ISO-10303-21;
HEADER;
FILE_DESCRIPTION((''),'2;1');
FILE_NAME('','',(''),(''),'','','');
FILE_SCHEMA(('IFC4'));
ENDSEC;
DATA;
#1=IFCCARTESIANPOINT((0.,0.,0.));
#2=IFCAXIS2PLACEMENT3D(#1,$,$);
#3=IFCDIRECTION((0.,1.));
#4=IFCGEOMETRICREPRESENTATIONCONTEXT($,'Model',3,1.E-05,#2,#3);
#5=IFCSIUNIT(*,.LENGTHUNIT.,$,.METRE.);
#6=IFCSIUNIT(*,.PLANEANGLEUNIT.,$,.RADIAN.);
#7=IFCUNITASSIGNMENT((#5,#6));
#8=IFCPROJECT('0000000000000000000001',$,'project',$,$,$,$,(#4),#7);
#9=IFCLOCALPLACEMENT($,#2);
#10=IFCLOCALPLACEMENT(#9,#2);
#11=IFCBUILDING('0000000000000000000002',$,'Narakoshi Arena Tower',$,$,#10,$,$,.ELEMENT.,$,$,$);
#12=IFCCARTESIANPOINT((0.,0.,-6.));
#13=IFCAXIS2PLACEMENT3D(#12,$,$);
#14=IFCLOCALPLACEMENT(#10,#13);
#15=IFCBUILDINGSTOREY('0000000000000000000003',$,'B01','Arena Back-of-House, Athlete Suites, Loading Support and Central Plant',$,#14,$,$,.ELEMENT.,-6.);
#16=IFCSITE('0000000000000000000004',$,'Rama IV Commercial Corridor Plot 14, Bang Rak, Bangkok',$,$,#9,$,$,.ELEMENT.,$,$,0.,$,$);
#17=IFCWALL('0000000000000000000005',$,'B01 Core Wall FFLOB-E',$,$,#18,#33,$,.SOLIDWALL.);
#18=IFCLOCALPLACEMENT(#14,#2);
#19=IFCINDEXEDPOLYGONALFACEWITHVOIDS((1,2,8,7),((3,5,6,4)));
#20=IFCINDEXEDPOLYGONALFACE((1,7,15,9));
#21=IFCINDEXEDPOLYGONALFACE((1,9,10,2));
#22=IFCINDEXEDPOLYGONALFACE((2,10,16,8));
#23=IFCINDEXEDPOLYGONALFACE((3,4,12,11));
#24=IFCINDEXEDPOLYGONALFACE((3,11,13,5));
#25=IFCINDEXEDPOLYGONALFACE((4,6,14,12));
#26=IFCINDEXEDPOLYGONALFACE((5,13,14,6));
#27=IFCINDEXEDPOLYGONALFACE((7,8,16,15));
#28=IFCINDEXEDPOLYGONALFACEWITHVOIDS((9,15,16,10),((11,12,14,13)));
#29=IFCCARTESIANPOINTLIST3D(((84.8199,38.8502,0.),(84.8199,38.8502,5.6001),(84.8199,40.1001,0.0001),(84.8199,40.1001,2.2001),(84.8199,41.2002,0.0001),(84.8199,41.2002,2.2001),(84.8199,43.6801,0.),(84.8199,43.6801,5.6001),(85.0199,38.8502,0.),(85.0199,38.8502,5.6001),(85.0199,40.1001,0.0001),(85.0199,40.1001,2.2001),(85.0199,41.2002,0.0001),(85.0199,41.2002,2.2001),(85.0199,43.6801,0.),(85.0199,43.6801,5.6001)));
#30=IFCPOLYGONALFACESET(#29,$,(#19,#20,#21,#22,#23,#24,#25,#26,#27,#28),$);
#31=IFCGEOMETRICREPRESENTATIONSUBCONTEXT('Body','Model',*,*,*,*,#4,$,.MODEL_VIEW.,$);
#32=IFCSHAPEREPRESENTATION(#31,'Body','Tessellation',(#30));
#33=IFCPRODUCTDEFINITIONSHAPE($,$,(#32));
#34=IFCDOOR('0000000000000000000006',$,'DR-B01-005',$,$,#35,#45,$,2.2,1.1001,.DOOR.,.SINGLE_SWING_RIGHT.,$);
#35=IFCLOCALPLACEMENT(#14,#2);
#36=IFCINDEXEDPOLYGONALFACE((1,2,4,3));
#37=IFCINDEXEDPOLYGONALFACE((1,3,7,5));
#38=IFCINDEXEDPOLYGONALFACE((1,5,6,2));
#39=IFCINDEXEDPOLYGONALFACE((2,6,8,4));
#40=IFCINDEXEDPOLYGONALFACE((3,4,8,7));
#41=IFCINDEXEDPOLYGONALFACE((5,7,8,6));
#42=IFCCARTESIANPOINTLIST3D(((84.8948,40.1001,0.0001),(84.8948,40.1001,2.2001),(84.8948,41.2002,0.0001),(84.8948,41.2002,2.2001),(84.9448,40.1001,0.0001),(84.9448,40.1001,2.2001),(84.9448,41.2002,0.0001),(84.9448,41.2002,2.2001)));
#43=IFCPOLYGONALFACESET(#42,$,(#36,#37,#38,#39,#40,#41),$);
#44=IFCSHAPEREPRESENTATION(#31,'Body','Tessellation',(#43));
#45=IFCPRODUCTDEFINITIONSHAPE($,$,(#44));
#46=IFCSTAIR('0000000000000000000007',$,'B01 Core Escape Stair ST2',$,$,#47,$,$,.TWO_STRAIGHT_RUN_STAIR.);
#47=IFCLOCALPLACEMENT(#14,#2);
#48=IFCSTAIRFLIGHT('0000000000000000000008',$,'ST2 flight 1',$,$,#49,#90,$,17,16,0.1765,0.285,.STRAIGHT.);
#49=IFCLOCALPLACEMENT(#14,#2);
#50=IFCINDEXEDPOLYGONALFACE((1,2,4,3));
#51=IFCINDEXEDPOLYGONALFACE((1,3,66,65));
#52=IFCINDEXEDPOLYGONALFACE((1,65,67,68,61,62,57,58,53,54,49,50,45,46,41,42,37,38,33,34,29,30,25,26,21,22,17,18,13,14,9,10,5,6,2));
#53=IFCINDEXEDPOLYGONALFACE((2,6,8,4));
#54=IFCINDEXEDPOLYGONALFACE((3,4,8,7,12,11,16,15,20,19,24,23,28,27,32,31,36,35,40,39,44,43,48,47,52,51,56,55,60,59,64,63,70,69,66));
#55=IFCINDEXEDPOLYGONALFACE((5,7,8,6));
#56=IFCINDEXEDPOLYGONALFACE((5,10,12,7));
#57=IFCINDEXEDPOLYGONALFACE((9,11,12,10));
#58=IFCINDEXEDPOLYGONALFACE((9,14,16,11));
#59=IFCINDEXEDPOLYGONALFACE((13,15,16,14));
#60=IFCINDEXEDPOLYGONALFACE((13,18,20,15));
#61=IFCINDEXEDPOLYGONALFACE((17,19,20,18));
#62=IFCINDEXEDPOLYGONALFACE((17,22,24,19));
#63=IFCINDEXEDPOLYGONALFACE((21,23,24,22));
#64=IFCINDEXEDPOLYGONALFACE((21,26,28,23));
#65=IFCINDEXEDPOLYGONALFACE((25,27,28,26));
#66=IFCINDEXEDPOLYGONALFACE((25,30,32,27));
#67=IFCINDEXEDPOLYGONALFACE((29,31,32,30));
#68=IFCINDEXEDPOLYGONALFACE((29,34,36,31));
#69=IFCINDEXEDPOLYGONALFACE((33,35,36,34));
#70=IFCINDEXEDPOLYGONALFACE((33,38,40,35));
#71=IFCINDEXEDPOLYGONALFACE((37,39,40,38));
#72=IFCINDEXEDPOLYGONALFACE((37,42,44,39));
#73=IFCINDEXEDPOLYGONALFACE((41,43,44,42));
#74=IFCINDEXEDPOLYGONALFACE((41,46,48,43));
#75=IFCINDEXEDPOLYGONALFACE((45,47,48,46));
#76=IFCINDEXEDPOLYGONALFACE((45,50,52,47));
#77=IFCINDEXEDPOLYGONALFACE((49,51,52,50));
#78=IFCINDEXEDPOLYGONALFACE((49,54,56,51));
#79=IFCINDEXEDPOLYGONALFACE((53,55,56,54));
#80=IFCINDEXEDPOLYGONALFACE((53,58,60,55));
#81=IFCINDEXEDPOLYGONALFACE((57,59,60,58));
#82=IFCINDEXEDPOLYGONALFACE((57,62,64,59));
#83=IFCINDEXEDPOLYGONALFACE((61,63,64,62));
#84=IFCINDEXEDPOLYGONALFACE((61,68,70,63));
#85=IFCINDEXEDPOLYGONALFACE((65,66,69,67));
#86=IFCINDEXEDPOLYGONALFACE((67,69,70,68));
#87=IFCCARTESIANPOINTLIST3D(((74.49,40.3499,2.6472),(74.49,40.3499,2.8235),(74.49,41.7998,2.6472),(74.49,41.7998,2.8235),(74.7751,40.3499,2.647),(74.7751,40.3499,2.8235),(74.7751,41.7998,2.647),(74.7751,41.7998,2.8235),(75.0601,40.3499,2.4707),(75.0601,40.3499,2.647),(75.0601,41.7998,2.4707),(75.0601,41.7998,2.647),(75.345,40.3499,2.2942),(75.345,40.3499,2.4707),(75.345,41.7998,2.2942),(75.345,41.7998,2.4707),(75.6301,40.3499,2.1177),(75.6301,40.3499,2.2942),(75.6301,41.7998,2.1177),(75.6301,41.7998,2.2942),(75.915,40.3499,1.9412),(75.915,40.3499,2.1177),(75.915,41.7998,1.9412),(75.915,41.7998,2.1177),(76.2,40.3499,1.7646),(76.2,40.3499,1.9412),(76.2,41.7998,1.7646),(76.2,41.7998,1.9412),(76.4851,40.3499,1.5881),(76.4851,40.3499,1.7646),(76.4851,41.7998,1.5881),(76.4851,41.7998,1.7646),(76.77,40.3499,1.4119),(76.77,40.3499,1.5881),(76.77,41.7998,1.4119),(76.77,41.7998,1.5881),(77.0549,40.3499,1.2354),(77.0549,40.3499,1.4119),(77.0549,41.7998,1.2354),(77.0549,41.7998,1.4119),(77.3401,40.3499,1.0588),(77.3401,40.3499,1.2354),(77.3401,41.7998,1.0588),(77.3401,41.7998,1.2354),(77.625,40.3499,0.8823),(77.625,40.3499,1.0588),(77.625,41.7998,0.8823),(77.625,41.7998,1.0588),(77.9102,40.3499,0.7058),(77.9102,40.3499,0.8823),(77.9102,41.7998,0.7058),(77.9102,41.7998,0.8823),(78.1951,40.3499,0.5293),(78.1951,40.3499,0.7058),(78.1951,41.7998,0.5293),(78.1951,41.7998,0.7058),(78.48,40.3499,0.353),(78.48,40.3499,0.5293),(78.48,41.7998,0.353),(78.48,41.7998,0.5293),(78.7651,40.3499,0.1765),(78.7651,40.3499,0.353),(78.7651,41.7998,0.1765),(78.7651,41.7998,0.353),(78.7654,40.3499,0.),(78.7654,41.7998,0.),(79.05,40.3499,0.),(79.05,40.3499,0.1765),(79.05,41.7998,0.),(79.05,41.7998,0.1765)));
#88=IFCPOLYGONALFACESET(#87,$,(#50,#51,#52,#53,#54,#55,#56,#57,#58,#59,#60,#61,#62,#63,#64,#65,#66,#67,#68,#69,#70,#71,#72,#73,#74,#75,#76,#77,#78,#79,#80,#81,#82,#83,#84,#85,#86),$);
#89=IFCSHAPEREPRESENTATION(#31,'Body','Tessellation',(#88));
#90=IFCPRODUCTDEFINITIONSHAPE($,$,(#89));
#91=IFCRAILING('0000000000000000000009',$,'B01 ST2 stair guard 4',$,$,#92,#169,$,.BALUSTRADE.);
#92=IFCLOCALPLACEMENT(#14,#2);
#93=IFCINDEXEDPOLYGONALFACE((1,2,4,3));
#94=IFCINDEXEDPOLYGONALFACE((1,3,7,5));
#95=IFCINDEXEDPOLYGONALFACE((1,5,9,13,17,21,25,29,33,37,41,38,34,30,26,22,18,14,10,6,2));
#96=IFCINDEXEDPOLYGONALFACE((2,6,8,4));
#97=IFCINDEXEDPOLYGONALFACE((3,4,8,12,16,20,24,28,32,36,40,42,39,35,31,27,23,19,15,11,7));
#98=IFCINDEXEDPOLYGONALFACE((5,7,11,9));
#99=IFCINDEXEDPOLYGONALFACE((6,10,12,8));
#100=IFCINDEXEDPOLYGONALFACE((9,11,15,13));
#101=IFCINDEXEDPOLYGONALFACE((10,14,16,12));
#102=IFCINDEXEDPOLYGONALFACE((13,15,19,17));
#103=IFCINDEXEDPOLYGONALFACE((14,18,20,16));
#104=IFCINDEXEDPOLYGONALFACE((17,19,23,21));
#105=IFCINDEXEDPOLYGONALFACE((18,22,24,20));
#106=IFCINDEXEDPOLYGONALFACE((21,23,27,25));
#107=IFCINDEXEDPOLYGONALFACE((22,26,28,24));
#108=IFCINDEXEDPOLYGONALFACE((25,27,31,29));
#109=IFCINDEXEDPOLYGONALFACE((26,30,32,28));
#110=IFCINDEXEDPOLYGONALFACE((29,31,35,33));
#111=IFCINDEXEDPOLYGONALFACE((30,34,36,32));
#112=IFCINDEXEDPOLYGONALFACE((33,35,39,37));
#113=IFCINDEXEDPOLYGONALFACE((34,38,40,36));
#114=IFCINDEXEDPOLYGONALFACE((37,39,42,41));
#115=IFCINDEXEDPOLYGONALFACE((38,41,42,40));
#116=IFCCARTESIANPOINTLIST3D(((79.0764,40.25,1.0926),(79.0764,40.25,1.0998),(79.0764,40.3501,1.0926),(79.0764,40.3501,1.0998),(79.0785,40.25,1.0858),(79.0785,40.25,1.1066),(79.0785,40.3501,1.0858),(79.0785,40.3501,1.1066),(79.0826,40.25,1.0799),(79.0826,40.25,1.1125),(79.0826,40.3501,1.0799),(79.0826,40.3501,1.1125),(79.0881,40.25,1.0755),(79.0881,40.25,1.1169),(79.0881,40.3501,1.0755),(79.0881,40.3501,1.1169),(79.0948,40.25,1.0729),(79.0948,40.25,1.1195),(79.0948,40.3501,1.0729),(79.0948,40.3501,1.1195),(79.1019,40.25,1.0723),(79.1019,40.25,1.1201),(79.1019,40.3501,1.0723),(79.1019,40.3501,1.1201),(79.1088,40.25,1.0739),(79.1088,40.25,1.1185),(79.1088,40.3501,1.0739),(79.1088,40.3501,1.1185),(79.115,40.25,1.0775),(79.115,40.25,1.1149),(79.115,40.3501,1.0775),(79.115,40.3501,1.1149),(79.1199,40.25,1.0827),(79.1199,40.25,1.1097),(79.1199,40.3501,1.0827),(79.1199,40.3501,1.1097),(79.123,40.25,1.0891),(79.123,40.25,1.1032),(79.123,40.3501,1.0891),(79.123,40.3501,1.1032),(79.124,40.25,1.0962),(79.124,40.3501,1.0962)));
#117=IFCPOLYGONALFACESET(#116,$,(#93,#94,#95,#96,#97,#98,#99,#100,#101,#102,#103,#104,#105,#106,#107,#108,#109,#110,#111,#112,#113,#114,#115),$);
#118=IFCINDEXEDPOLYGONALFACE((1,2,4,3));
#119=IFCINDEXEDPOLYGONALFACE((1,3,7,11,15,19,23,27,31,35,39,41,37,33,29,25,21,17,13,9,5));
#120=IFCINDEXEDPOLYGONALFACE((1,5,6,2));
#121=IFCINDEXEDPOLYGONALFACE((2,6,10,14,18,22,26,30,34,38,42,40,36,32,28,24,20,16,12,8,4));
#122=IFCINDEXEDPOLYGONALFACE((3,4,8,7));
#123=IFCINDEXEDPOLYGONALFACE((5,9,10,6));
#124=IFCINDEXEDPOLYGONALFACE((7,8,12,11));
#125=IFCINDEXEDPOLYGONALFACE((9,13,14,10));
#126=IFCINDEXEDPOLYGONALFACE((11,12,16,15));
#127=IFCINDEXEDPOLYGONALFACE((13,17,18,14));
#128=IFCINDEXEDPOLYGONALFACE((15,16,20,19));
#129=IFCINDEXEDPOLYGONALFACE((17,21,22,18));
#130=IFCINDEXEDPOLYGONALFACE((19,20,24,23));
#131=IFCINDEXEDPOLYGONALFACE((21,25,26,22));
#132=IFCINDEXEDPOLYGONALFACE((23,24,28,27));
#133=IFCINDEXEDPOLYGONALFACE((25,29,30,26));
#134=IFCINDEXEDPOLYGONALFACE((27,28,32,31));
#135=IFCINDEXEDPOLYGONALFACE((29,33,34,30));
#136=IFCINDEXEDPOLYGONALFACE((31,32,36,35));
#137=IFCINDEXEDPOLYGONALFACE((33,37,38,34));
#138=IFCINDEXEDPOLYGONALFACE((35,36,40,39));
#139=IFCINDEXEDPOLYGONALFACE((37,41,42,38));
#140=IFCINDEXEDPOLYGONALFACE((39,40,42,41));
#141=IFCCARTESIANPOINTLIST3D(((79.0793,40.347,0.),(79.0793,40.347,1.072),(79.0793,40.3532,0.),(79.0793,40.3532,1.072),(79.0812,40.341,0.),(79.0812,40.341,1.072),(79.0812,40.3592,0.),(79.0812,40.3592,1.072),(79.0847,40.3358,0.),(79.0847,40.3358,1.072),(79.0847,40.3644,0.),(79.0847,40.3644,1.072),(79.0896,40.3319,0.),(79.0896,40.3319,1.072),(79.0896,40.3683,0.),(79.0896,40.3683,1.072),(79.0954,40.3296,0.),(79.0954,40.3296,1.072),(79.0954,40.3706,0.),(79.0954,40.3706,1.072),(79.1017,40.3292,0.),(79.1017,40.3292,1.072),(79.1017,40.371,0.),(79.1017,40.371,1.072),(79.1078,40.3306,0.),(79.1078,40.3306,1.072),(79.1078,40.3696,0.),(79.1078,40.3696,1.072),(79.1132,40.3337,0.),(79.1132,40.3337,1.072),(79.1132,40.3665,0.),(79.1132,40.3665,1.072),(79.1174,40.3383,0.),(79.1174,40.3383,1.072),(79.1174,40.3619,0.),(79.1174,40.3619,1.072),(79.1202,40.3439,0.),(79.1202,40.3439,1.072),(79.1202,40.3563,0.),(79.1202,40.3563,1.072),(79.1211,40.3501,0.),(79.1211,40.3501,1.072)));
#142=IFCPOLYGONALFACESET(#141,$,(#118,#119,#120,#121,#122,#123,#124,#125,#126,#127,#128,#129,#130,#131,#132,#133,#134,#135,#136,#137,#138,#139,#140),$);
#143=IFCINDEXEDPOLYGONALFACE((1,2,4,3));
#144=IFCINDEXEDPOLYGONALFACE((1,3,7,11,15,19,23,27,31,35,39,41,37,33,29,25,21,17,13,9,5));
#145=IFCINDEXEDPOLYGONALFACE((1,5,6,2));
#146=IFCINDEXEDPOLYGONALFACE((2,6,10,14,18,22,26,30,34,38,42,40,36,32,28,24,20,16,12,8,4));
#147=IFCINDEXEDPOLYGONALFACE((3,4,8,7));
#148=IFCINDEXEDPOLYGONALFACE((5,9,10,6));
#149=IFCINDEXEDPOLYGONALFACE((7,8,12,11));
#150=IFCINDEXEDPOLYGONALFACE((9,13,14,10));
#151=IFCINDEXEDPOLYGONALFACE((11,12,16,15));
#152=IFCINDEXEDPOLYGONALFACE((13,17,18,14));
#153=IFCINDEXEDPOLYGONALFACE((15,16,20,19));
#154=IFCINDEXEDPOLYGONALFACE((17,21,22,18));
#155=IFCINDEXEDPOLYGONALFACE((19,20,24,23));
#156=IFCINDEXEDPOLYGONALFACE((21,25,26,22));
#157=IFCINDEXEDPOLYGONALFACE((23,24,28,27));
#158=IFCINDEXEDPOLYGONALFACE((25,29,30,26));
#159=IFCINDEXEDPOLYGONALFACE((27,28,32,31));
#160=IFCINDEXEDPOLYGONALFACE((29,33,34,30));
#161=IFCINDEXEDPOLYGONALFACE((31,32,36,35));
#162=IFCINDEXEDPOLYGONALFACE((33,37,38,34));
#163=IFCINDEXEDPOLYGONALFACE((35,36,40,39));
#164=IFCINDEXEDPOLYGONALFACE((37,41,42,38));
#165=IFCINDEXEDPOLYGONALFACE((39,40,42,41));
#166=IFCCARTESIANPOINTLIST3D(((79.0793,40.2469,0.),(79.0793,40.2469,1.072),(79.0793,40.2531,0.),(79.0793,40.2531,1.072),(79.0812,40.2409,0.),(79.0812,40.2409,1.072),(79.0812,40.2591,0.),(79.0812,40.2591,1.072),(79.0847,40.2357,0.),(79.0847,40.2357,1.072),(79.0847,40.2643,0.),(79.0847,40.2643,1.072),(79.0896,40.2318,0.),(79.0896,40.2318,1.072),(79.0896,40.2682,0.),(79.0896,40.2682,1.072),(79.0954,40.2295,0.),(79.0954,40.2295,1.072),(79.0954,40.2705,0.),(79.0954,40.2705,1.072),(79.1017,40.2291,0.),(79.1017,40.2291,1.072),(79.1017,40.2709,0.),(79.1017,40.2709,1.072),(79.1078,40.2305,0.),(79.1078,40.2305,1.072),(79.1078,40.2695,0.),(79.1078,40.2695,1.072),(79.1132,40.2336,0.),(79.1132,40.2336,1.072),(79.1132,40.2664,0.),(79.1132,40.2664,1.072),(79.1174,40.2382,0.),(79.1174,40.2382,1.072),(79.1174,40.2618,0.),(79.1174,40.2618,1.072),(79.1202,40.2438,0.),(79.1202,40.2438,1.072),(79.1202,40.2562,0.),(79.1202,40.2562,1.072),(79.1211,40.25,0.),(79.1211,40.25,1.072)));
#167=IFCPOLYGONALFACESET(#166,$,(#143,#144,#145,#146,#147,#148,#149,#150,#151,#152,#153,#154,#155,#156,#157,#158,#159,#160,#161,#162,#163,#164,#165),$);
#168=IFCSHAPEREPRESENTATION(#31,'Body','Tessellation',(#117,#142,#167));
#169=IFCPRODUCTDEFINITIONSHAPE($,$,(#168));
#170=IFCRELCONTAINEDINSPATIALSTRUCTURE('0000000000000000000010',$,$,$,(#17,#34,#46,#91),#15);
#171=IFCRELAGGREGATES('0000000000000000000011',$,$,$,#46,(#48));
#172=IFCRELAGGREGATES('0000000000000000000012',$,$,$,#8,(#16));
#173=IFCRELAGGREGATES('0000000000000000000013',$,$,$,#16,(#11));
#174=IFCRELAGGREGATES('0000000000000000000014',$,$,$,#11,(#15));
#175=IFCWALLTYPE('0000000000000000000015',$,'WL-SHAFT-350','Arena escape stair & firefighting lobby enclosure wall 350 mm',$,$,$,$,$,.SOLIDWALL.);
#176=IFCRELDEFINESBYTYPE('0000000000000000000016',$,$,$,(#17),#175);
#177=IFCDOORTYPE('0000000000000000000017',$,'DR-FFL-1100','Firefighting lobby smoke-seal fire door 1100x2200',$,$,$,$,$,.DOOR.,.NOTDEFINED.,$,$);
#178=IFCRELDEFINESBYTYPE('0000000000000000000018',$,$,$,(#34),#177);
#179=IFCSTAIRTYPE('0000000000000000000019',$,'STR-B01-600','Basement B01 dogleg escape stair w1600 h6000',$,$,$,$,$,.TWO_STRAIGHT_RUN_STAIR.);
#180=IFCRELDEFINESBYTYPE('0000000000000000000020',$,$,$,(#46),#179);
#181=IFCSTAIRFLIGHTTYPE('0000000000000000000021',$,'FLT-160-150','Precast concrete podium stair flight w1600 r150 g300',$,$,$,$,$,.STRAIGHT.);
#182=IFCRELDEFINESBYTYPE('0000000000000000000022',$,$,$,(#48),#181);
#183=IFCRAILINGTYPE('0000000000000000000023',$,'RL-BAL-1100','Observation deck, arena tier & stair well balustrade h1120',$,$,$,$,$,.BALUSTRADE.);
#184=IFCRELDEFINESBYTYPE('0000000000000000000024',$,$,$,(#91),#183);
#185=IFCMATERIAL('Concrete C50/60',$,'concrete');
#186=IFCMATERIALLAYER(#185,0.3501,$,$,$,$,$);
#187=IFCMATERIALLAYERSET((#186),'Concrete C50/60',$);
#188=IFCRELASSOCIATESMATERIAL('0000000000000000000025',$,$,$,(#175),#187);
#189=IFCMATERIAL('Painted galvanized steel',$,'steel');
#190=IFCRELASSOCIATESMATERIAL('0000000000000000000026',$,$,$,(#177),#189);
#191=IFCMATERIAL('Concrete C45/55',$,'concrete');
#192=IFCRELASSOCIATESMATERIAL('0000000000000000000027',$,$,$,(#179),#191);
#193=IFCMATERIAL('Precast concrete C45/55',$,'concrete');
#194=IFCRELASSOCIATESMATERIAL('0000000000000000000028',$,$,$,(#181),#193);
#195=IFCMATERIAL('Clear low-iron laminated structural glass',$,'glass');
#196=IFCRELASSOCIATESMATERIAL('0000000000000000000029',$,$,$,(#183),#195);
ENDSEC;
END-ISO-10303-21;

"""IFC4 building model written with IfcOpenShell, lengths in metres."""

from ifc_helpers import new_model, si_unit, direction, frame, frame_2d, origin, origin_2d, place, context, subcontext, project, spatial, polyline, rectangle, circle, outline, extrude, material, layer, layer_set, type_object, element, fill, aggregate, save


model = new_model("IFC4")

# Units and contexts
model_context = context("Model", 3, precision=1e-05, world=origin(), true_north=direction((0.0, 1.0)))
body_context = subcontext(model_context, "Body", "Model", "MODEL_VIEW")
ifc_project = project(units=[si_unit("LENGTHUNIT", "METRE"), si_unit("PLANEANGLEUNIT", "RADIAN")], contexts=[model_context])

# Site, building, storey
site_placement = place(None, origin())
site = spatial("IfcSite", under=ifc_project, at=site_placement, Name="Rama IV Commercial Corridor Plot 14, Bang Rak, Bangkok", CompositionType="ELEMENT", RefElevation=0.0)
building_placement = place(site_placement, origin())
building = spatial("IfcBuilding", under=site, at=building_placement, Name="Narakoshi Arena Tower", CompositionType="ELEMENT")
storey_placement = place(building_placement, frame((0.0, 0.0, -6.0)))
storey = spatial("IfcBuildingStorey", under=building, at=storey_placement, Name="B01", Description="Arena Back-of-House, Athlete Suites, Loading Support and Central Plant", CompositionType="ELEMENT", Elevation=-6.0)

# Shared definitions
ifc_material_1 = material(Name="Concrete C45/55", Category="concrete")

# Shared definitions
ifc_material_2 = material(Name="Concrete C50/60", Category="concrete")
ifc_layer_1 = layer(ifc_material_2, 0.3501)
ifc_layer_set_1 = layer_set([ifc_layer_1], Name="Concrete C50/60")
wall_type_1 = type_object("IfcWallType", Name="WL-SHAFT-350", Description="Arena escape stair & firefighting lobby enclosure wall 350 mm", PredefinedType="SOLIDWALL", material=ifc_layer_set_1)

# Shared definitions
ifc_material_3 = material(Name="Painted galvanized steel", Category="steel")

# Wall, opening, door
wall_1_placement = place(storey_placement, frame((84.9199, 38.8501, 0.0), z_axis=(0.0, 0.0, 1.0), x_axis=(0.0, 1.0, 0.0)))
wall_1 = element("IfcWall", 1, at=wall_1_placement, inside=storey, type_object=wall_type_1, Name="B01 Core Wall FFLOB-E", PredefinedType="SOLIDWALL", context=body_context, shape_type="SweptSolid", body=[
    extrude(rectangle(XDim=4.8298, YDim=0.2, at=frame_2d((2.415, 0.0))), origin(), (0.0, 0.0, 1.0), 5.6001),
])
opening_1_placement = place(wall_1_placement, frame((1.25, 0.0, 0.0)))
opening_1 = element("IfcOpeningElement", 2, at=opening_1_placement, cuts=wall_1, PredefinedType="OPENING", context=body_context, shape_type="SweptSolid", body=[
    extrude(rectangle(XDim=1.1001, YDim=2.2, at=frame_2d((0.55, 1.1001))), frame((0.0, 0.1099, 0.0), z_axis=(0.0, -1.0, 0.0), x_axis=(1.0, 0.0, 0.0)), (0.0, 0.0, 1.0), 0.22),
])
door_type_1 = type_object("IfcDoorType", Name="DR-FFL-1100", Description="Firefighting lobby smoke-seal fire door 1100x2200", OperationType="NOTDEFINED", PredefinedType="DOOR", material=ifc_material_3)
door_1_placement = place(opening_1_placement, frame((1.1001, 0.0, 0.0), z_axis=(0.0, 0.0, 1.0), x_axis=(-1.0, 0.0, 0.0)))
door_1 = element("IfcDoor", 3, at=door_1_placement, inside=storey, type_object=door_type_1, Name="DR-B01-005", OperationType="SINGLE_SWING_RIGHT", OverallHeight=2.2, OverallWidth=1.1001, PredefinedType="DOOR", context=body_context, shape_type="SweptSolid", body=[
    extrude(rectangle(XDim=1.1001, YDim=2.2, at=frame_2d((0.55, 1.1001))), frame((0.0, 0.0249, 0.0), z_axis=(0.0, -1.0, 0.0), x_axis=(1.0, 0.0, 0.0)), (0.0, 0.0, 1.0), 0.05),
])
fill(opening_1, door_1)

# Stair, stair flight
stair_type = type_object("IfcStairType", Name="STR-B01-600", Description="Basement B01 dogleg escape stair w1600 h6000", PredefinedType="TWO_STRAIGHT_RUN_STAIR", material=ifc_material_1)
stair_placement = place(storey_placement, origin())
stair = element("IfcStair", 4, at=stair_placement, inside=storey, type_object=stair_type, Name="B01 Core Escape Stair ST2", PredefinedType="TWO_STRAIGHT_RUN_STAIR")
ifc_material_4 = material(Name="Precast concrete C45/55", Category="concrete")
stair_flight_type = type_object("IfcStairFlightType", Name="FLT-160-150", Description="Precast concrete podium stair flight w1600 r150 g300", PredefinedType="STRAIGHT", material=ifc_material_4)
stair_flight_placement = place(storey_placement, frame((79.05, 41.075, 0.0), z_axis=(0.0, 0.0, 1.0), x_axis=(-1.0, 0.0, 0.0)))
stair_flight = element("IfcStairFlight", 5, at=stair_flight_placement, type_object=stair_flight_type, Name="ST2 flight 1", NumberOfRisers=17, NumberOfTreads=16, PredefinedType="STRAIGHT", RiserHeight=0.1765, TreadLength=0.285, context=body_context, shape_type="SweptSolid", body=[
    extrude(outline(polyline([(0.0, 0.0), (0.0, 0.1765), (0.2849, 0.1765), (0.2849, 0.353), (0.5701, 0.353), (0.5701, 0.5293), (0.855, 0.5293), (0.855, 0.7058), (1.1399, 0.7058), (1.1399, 0.8823), (1.425, 0.8823), (1.425, 1.0588), (1.71, 1.0588), (1.71, 1.2354), (1.9951, 1.2354), (1.9951, 1.4119), (2.28, 1.4119), (2.28, 1.5881), (2.5649, 1.5881), (2.5649, 1.7646), (2.8501, 1.7646), (2.8501, 1.9412), (3.135, 1.9412), (3.135, 2.1177), (3.4199, 2.1177), (3.4199, 2.2942), (3.7051, 2.2942), (3.7051, 2.4707), (3.99, 2.4707), (3.99, 2.647), (4.2749, 2.647), (4.2749, 2.8235), (4.5601, 2.8235), (4.5601, 3.0), (4.5601, 2.6472), (0.2847, 0.0), (0.0, 0.0)])), frame((0.0, 0.7251, 0.0), z_axis=(0.0, -1.0, 0.0), x_axis=(1.0, 0.0, 0.0)), (0.0, 0.0, 1.0), 1.45),
])
aggregate(stair, [stair_flight])

# Railing
ifc_material_5 = material(Name="Clear low-iron laminated structural glass", Category="glass")
railing_type_1 = type_object("IfcRailingType", Name="RL-BAL-1100", Description="Observation deck, arena tier & stair well balustrade h1120", PredefinedType="BALUSTRADE", material=ifc_material_5)
railing_1_placement = place(storey_placement, frame((79.1001, 40.3501, 0.0)))
element("IfcRailing", 6, at=railing_1_placement, inside=storey, type_object=railing_type_1, Name="B01 ST2 stair guard 4", PredefinedType="BALUSTRADE", context=body_context, shape_type="SweptSolid", body=[
    extrude(circle(Radius=0.0239, at=origin_2d()), frame((0.0, 0.0, 1.0962), z_axis=(0.0, -1.0, 0.0), x_axis=(1.0, 0.0, 0.0)), (0.0, 0.0, 1.0), 0.1001),
    extrude(circle(Radius=0.021, at=origin_2d()), origin(), (0.0, 0.0, 1.0), 1.072),
    extrude(circle(Radius=0.021, at=origin_2d()), frame((0.0, -0.1001, 0.0)), (0.0, 0.0, 1.0), 1.072),
])

save(model, "model.ifc")
